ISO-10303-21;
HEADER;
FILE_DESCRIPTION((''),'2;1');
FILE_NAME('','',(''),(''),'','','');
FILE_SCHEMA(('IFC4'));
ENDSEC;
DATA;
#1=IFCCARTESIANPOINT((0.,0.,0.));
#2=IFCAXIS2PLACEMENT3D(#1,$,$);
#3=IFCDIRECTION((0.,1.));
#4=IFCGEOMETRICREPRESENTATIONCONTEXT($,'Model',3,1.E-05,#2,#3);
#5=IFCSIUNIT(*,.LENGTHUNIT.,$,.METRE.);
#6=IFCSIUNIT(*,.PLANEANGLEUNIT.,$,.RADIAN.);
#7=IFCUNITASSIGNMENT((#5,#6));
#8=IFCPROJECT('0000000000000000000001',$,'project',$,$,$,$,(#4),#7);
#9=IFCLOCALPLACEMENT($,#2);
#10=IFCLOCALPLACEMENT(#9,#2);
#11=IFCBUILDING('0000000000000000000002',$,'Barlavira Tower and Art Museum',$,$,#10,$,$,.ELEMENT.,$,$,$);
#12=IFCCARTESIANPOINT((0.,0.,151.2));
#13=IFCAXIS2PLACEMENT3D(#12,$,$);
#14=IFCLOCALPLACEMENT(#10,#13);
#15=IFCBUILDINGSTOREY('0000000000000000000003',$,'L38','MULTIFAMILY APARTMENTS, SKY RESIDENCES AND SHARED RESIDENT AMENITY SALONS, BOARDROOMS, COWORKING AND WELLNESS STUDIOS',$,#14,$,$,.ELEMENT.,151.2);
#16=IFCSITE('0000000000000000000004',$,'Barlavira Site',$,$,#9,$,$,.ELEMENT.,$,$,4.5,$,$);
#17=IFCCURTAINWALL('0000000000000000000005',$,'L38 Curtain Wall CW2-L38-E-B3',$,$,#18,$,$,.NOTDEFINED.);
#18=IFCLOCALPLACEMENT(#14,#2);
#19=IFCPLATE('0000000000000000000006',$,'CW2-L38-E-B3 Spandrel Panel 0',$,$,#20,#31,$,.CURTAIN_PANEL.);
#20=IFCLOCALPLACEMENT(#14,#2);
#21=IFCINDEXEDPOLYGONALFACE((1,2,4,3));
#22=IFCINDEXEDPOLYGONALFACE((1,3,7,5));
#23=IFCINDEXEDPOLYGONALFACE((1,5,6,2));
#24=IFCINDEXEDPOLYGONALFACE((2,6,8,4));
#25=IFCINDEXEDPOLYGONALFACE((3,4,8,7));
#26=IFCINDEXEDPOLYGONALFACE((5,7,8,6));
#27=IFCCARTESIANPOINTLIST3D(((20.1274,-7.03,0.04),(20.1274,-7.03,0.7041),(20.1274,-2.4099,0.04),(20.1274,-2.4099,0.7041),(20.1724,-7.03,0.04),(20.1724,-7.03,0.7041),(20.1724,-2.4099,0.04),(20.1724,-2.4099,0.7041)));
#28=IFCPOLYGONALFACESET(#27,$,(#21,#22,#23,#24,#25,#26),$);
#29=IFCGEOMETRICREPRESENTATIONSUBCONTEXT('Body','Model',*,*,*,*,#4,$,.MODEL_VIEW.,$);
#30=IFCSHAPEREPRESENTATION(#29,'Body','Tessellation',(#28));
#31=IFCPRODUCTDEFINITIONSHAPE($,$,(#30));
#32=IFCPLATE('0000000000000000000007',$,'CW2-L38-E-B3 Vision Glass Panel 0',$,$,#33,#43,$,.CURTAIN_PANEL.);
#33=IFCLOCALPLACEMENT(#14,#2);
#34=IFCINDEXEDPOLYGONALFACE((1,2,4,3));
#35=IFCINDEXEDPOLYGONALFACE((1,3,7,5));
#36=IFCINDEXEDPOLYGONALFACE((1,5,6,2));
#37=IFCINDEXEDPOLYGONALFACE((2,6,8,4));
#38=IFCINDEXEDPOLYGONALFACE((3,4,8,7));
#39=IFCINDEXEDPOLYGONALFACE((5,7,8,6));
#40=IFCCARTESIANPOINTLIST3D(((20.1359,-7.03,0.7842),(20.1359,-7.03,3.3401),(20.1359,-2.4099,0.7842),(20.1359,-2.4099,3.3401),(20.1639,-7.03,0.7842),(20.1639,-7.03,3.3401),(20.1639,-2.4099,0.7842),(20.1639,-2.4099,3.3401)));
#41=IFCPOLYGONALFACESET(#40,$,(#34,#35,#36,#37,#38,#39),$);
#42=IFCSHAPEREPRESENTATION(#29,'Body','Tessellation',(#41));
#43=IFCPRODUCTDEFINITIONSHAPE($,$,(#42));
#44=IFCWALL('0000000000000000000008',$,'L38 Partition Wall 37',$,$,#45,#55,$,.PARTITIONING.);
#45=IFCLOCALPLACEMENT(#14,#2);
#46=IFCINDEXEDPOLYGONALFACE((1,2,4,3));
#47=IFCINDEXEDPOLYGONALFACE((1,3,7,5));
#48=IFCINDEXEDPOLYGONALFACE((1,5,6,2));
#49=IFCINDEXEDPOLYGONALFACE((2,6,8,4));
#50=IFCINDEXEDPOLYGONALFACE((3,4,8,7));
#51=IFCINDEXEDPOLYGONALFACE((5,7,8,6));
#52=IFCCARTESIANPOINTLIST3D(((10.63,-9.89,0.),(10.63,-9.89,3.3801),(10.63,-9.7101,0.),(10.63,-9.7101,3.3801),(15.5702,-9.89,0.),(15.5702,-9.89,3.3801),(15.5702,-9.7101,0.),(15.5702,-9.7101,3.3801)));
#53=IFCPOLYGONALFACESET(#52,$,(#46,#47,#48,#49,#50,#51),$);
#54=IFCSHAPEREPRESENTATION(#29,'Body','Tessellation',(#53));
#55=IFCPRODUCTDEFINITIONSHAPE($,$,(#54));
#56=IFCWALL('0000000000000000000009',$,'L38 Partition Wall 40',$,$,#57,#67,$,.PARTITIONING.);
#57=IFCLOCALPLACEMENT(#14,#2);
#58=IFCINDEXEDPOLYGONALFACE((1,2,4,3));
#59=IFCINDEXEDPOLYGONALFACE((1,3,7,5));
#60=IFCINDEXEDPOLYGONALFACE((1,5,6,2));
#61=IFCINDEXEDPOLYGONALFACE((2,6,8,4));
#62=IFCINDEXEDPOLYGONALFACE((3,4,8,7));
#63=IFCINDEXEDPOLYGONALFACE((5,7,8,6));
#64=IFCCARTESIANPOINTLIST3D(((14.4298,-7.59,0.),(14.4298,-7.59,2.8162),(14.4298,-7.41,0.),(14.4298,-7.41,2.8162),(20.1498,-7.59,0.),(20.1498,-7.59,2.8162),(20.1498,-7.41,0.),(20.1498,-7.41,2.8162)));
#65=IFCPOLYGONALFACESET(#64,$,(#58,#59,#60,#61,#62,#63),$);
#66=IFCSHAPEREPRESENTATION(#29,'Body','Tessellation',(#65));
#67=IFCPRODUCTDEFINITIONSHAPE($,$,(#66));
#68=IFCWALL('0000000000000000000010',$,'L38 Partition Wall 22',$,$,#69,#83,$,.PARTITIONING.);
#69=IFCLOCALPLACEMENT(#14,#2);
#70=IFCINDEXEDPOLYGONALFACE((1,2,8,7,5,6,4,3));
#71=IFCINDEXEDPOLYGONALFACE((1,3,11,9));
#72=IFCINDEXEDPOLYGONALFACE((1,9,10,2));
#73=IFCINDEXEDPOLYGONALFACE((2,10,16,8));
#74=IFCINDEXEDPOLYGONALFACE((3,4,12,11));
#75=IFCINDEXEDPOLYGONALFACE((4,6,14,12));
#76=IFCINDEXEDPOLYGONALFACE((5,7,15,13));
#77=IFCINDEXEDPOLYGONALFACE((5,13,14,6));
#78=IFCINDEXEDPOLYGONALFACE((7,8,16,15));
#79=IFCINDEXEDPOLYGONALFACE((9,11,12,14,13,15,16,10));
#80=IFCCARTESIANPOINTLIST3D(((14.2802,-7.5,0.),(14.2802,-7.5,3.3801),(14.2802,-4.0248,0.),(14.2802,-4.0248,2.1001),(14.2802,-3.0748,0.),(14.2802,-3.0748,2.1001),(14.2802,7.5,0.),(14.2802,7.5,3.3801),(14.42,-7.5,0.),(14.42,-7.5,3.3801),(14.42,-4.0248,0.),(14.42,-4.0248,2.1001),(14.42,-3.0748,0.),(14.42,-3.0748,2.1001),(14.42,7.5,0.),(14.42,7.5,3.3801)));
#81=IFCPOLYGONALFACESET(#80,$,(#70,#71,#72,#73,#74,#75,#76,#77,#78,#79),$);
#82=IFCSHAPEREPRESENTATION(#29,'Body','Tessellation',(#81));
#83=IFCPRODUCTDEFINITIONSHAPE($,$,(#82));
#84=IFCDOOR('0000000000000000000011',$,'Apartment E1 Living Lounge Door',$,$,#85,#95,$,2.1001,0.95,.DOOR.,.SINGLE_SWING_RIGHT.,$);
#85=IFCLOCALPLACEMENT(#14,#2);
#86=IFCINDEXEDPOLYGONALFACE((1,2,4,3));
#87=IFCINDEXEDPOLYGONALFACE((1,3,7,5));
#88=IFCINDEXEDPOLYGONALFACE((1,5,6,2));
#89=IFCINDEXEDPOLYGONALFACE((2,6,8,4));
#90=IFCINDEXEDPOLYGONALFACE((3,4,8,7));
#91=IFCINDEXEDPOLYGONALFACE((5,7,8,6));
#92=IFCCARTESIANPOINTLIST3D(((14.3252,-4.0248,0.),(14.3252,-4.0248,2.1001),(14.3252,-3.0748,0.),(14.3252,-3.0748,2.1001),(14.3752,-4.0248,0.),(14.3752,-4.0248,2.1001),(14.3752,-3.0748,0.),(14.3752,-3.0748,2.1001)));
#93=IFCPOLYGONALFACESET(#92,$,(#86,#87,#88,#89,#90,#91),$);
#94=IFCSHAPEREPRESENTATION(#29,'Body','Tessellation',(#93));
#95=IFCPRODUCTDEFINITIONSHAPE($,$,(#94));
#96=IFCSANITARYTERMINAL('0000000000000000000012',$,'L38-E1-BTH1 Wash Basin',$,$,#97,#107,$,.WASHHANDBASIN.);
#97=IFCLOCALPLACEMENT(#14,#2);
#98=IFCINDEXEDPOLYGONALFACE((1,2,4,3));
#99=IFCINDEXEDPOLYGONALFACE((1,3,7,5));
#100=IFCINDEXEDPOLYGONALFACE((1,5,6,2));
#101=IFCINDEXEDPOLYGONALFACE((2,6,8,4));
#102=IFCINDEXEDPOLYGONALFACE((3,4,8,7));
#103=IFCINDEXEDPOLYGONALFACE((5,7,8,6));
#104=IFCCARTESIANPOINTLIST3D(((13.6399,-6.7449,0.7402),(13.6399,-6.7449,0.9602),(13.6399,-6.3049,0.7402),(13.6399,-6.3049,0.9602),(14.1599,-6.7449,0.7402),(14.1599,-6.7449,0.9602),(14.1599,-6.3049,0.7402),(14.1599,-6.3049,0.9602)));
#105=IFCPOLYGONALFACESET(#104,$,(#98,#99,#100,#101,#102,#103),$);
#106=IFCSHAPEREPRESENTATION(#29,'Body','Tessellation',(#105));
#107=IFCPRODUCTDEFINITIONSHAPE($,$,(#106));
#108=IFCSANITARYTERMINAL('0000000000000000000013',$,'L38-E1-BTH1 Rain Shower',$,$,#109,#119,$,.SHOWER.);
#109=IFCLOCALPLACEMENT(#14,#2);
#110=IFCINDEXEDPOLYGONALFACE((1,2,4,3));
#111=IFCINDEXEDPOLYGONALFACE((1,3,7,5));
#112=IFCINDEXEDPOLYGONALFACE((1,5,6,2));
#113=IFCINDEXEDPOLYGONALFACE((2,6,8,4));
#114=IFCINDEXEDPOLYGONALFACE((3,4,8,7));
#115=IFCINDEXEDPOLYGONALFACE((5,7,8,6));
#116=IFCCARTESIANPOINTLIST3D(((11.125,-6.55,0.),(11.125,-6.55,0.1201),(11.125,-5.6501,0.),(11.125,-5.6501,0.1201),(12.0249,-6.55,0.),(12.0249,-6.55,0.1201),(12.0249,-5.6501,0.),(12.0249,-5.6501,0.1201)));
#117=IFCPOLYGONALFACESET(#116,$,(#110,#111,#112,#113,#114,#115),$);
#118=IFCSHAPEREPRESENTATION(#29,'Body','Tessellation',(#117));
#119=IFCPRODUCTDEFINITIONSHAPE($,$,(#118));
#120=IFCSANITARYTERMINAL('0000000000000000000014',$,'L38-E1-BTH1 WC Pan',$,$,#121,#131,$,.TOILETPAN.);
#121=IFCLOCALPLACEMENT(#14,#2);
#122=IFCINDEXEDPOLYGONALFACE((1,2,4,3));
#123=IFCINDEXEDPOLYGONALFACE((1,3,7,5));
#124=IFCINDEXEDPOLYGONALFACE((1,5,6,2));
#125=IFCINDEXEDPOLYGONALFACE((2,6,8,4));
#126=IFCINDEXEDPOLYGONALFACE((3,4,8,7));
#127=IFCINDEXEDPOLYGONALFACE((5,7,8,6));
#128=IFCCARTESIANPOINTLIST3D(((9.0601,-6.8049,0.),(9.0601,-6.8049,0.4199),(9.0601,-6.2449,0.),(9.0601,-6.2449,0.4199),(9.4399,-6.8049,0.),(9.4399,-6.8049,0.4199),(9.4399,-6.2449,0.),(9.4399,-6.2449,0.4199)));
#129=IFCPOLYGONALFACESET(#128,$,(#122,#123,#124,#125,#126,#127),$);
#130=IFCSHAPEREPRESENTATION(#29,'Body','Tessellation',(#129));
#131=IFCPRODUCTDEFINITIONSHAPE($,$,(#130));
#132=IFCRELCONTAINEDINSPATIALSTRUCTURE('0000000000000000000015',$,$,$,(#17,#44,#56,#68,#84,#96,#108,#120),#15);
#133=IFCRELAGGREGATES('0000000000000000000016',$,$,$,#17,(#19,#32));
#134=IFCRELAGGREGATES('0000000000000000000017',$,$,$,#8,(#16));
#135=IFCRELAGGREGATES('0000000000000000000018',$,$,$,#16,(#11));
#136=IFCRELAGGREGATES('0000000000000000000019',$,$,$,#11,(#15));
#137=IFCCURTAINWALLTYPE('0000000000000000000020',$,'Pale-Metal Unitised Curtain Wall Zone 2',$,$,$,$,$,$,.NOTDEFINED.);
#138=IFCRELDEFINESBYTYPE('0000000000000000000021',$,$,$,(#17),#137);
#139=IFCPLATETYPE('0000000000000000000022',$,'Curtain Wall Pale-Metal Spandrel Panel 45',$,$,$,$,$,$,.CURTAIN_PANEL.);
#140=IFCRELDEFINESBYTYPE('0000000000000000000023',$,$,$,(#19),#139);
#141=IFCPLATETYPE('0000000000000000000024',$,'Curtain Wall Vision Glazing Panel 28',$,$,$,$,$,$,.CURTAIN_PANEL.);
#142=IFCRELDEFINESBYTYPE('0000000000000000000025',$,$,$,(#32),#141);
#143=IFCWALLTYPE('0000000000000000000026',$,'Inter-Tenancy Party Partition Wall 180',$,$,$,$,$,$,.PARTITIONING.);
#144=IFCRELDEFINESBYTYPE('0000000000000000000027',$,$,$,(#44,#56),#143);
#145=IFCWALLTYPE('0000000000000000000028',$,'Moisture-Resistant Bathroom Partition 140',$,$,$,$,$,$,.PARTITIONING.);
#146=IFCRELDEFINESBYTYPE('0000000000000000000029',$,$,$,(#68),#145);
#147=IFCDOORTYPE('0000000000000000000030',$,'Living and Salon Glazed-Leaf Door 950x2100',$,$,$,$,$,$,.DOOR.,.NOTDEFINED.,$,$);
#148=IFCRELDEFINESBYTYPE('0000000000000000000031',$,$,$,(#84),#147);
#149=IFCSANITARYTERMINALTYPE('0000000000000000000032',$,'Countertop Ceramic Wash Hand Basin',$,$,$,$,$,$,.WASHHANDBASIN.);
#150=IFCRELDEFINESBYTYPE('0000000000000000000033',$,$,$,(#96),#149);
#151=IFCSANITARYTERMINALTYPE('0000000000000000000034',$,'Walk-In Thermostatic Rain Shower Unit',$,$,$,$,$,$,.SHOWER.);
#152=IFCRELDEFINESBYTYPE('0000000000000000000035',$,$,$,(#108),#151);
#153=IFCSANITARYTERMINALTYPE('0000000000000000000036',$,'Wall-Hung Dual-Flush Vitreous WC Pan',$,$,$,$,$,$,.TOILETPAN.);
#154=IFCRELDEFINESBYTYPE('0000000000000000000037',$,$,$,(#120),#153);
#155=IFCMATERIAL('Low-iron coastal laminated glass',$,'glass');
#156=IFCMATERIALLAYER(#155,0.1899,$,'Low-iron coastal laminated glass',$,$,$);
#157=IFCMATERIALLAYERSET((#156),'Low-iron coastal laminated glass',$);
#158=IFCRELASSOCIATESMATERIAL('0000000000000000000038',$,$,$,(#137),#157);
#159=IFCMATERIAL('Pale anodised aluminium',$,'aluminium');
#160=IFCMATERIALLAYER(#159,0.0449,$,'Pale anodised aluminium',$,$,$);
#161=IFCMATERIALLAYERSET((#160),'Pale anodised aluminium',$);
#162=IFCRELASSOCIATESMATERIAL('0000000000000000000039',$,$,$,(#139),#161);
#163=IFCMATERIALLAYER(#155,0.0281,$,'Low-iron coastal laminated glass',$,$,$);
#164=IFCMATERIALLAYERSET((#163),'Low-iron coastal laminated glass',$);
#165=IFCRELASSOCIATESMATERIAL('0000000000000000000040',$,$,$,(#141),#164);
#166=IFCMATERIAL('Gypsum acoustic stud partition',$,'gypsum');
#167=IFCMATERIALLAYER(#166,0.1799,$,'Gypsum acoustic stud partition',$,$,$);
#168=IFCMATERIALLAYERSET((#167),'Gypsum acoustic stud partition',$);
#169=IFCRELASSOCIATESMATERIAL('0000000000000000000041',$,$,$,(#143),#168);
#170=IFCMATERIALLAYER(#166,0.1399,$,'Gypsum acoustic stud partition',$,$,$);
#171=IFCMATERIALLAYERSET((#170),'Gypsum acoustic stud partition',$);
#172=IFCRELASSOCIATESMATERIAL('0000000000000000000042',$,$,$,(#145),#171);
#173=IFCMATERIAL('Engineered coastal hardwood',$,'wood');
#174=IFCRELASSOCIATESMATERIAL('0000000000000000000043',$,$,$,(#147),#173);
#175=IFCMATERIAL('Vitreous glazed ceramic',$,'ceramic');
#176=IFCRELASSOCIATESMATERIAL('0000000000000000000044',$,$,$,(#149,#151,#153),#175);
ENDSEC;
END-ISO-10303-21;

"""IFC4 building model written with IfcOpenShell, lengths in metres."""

from ifc_helpers import new_model, si_unit, direction, frame, frame_2d, origin, origin_2d, place, context, subcontext, project, spatial, rectangle, extrude, material, layer, layer_set, type_object, element, fill, aggregate, save


model = new_model("IFC4")

# Units and contexts
model_context = context("Model", 3, precision=1e-05, world=origin(), true_north=direction((0.0, 1.0)))
body_context = subcontext(model_context, "Body", "Model", "MODEL_VIEW")
ifc_project = project(units=[si_unit("LENGTHUNIT", "METRE"), si_unit("PLANEANGLEUNIT", "RADIAN")], contexts=[model_context])

# Site, building, storey
site_placement = place(None, origin())
site = spatial("IfcSite", under=ifc_project, at=site_placement, Name="Barlavira Site", CompositionType="ELEMENT", RefElevation=4.5)
building_placement = place(site_placement, origin())
building = spatial("IfcBuilding", under=site, at=building_placement, Name="Barlavira Tower and Art Museum", CompositionType="ELEMENT")
storey_placement = place(building_placement, frame((0.0, 0.0, 151.2)))
storey = spatial("IfcBuildingStorey", under=building, at=storey_placement, Name="L38", Description="MULTIFAMILY APARTMENTS, SKY RESIDENCES AND SHARED RESIDENT AMENITY SALONS, BOARDROOMS, COWORKING AND WELLNESS STUDIOS", CompositionType="ELEMENT", Elevation=151.2)

# Curtain wall
ifc_material_1 = material(Name="Low-iron coastal laminated glass", Category="glass")
ifc_layer_1 = layer(ifc_material_1, 0.1899, Name="Low-iron coastal laminated glass")
ifc_layer_set_1 = layer_set([ifc_layer_1], Name="Low-iron coastal laminated glass")
curtain_wall_type = type_object("IfcCurtainWallType", Name="Pale-Metal Unitised Curtain Wall Zone 2", PredefinedType="NOTDEFINED", material=ifc_layer_set_1)
curtain_wall_placement = place(storey_placement, origin())
curtain_wall = element("IfcCurtainWall", 1, at=curtain_wall_placement, inside=storey, type_object=curtain_wall_type, Name="L38 Curtain Wall CW2-L38-E-B3", PredefinedType="NOTDEFINED")
ifc_material_2 = material(Name="Pale anodised aluminium", Category="aluminium")

# Plates
ifc_layer_2 = layer(ifc_material_2, 0.0449, Name="Pale anodised aluminium")
ifc_layer_set_2 = layer_set([ifc_layer_2], Name="Pale anodised aluminium")
plate_type_1 = type_object("IfcPlateType", Name="Curtain Wall Pale-Metal Spandrel Panel 45", PredefinedType="CURTAIN_PANEL", material=ifc_layer_set_2)
plate_1_placement = place(storey_placement, frame((20.1499, -4.72, 0.04), z_axis=(0.0, 0.0, 1.0), x_axis=(0.0, 1.0, 0.0)))
plate_1 = element("IfcPlate", 2, at=plate_1_placement, type_object=plate_type_1, Name="CW2-L38-E-B3 Spandrel Panel 0", PredefinedType="CURTAIN_PANEL", context=body_context, shape_type="SweptSolid", body=[
    extrude(rectangle(XDim=4.6201, YDim=0.0449, at=origin_2d()), origin(), (0.0, 0.0, 1.0), 0.6641),
])
ifc_layer_3 = layer(ifc_material_1, 0.0281, Name="Low-iron coastal laminated glass")
ifc_layer_set_3 = layer_set([ifc_layer_3], Name="Low-iron coastal laminated glass")
plate_type_2 = type_object("IfcPlateType", Name="Curtain Wall Vision Glazing Panel 28", PredefinedType="CURTAIN_PANEL", material=ifc_layer_set_3)
plate_2_placement = place(storey_placement, frame((20.1499, -4.72, 0.7842), z_axis=(0.0, 0.0, 1.0), x_axis=(0.0, 1.0, 0.0)))
plate_2 = element("IfcPlate", 3, at=plate_2_placement, type_object=plate_type_2, Name="CW2-L38-E-B3 Vision Glass Panel 0", PredefinedType="CURTAIN_PANEL", context=body_context, shape_type="SweptSolid", body=[
    extrude(rectangle(XDim=4.6201, YDim=0.0281, at=origin_2d()), origin(), (0.0, 0.0, 1.0), 2.5559),
])
aggregate(curtain_wall, [plate_1, plate_2])

# Walls
ifc_material_3 = material(Name="Gypsum acoustic stud partition", Category="gypsum")
ifc_layer_4 = layer(ifc_material_3, 0.1799, Name="Gypsum acoustic stud partition")
ifc_layer_set_4 = layer_set([ifc_layer_4], Name="Gypsum acoustic stud partition")
wall_type_1 = type_object("IfcWallType", Name="Inter-Tenancy Party Partition Wall 180", PredefinedType="PARTITIONING", material=ifc_layer_set_4)
wall_1_placement = place(storey_placement, frame((10.6299, -9.8, 0.0), z_axis=(0.0, 0.0, 1.0), x_axis=(1.0, 0.0, 0.0)))
element("IfcWall", 4, at=wall_1_placement, inside=storey, type_object=wall_type_1, Name="L38 Partition Wall 37", PredefinedType="PARTITIONING", context=body_context, shape_type="SweptSolid", body=[
    extrude(rectangle(XDim=4.9402, YDim=0.1799, at=frame_2d((2.4702, 0.0))), origin(), (0.0, 0.0, 1.0), 3.3801),
])
wall_2_placement = place(storey_placement, frame((14.4299, -7.5, 0.0), z_axis=(0.0, 0.0, 1.0), x_axis=(1.0, 0.0, 0.0)))
element("IfcWall", 5, at=wall_2_placement, inside=storey, type_object=wall_type_1, Name="L38 Partition Wall 40", PredefinedType="PARTITIONING", context=body_context, shape_type="SweptSolid", body=[
    extrude(rectangle(XDim=5.72, YDim=0.1799, at=frame_2d((2.8599, 0.0))), origin(), (0.0, 0.0, 1.0), 2.8162),
])

# Wall, opening, door
ifc_layer_5 = layer(ifc_material_3, 0.1399, Name="Gypsum acoustic stud partition")
ifc_layer_set_5 = layer_set([ifc_layer_5], Name="Gypsum acoustic stud partition")
wall_type_2 = type_object("IfcWallType", Name="Moisture-Resistant Bathroom Partition 140", PredefinedType="PARTITIONING", material=ifc_layer_set_5)
wall_3_placement = place(storey_placement, frame((14.3501, -7.5, 0.0), z_axis=(0.0, 0.0, 1.0), x_axis=(0.0, 1.0, 0.0)))
wall_3 = element("IfcWall", 6, at=wall_3_placement, inside=storey, type_object=wall_type_2, Name="L38 Partition Wall 22", PredefinedType="PARTITIONING", context=body_context, shape_type="SweptSolid", body=[
    extrude(rectangle(XDim=15.0, YDim=0.1399, at=frame_2d((7.5, 0.0))), origin(), (0.0, 0.0, 1.0), 3.3801),
])
opening_placement = place(wall_3_placement, frame((3.4751, 0.0, 0.0)))
opening = element("IfcOpeningElement", 7, at=opening_placement, cuts=wall_3, PredefinedType="OPENING", context=body_context, shape_type="SweptSolid", body=[
    extrude(rectangle(XDim=0.95, YDim=2.1001, at=frame_2d((0.4751, 1.05))), frame((0.0, 0.0801, 0.0), z_axis=(0.0, -1.0, 0.0), x_axis=(1.0, 0.0, 0.0)), (0.0, 0.0, 1.0), 0.1599),
])
ifc_material_4 = material(Name="Engineered coastal hardwood", Category="wood")
door_type = type_object("IfcDoorType", Name="Living and Salon Glazed-Leaf Door 950x2100", OperationType="NOTDEFINED", PredefinedType="DOOR", material=ifc_material_4)
door_placement = place(opening_placement, origin())
door = element("IfcDoor", 8, at=door_placement, inside=storey, type_object=door_type, Name="Apartment E1 Living Lounge Door", OperationType="SINGLE_SWING_RIGHT", OverallHeight=2.1001, OverallWidth=0.95, PredefinedType="DOOR", context=body_context, shape_type="SweptSolid", body=[
    extrude(rectangle(XDim=0.95, YDim=2.1001, at=frame_2d((0.4751, 1.05))), frame((0.0, 0.0249, 0.0), z_axis=(0.0, -1.0, 0.0), x_axis=(1.0, 0.0, 0.0)), (0.0, 0.0, 1.0), 0.05),
])
fill(opening, door)

# Sanitary terminals
ifc_material_5 = material(Name="Vitreous glazed ceramic", Category="ceramic")
sanitary_terminal_type_1 = type_object("IfcSanitaryTerminalType", Name="Countertop Ceramic Wash Hand Basin", PredefinedType="WASHHANDBASIN", material=ifc_material_5)
sanitary_terminal_1_placement = place(storey_placement, frame((13.8999, -6.5249, 0.7402), z_axis=(0.0, 0.0, 1.0), x_axis=(1.0, 0.0, 0.0)))
element("IfcSanitaryTerminal", 9, at=sanitary_terminal_1_placement, inside=storey, type_object=sanitary_terminal_type_1, Name="L38-E1-BTH1 Wash Basin", PredefinedType="WASHHANDBASIN", context=body_context, shape_type="SweptSolid", body=[
    extrude(rectangle(XDim=0.52, YDim=0.4399, at=origin_2d()), origin(), (0.0, 0.0, 1.0), 0.22),
])
sanitary_terminal_type_2 = type_object("IfcSanitaryTerminalType", Name="Walk-In Thermostatic Rain Shower Unit", PredefinedType="SHOWER", material=ifc_material_5)
sanitary_terminal_2_placement = place(storey_placement, frame((11.575, -6.1001, 0.0), z_axis=(0.0, 0.0, 1.0), x_axis=(1.0, 0.0, 0.0)))
element("IfcSanitaryTerminal", 10, at=sanitary_terminal_2_placement, inside=storey, type_object=sanitary_terminal_type_2, Name="L38-E1-BTH1 Rain Shower", PredefinedType="SHOWER", context=body_context, shape_type="SweptSolid", body=[
    extrude(rectangle(XDim=0.8999, YDim=0.8999, at=origin_2d()), origin(), (0.0, 0.0, 1.0), 0.1201),
])
sanitary_terminal_type_3 = type_object("IfcSanitaryTerminalType", Name="Wall-Hung Dual-Flush Vitreous WC Pan", PredefinedType="TOILETPAN", material=ifc_material_5)
sanitary_terminal_3_placement = place(storey_placement, frame((9.25, -6.5249, 0.0), z_axis=(0.0, 0.0, 1.0), x_axis=(1.0, 0.0, 0.0)))
element("IfcSanitaryTerminal", 11, at=sanitary_terminal_3_placement, inside=storey, type_object=sanitary_terminal_type_3, Name="L38-E1-BTH1 WC Pan", PredefinedType="TOILETPAN", context=body_context, shape_type="SweptSolid", body=[
    extrude(rectangle(XDim=0.3799, YDim=0.5601, at=origin_2d()), origin(), (0.0, 0.0, 1.0), 0.4199),
])

save(model, "model.ifc")
